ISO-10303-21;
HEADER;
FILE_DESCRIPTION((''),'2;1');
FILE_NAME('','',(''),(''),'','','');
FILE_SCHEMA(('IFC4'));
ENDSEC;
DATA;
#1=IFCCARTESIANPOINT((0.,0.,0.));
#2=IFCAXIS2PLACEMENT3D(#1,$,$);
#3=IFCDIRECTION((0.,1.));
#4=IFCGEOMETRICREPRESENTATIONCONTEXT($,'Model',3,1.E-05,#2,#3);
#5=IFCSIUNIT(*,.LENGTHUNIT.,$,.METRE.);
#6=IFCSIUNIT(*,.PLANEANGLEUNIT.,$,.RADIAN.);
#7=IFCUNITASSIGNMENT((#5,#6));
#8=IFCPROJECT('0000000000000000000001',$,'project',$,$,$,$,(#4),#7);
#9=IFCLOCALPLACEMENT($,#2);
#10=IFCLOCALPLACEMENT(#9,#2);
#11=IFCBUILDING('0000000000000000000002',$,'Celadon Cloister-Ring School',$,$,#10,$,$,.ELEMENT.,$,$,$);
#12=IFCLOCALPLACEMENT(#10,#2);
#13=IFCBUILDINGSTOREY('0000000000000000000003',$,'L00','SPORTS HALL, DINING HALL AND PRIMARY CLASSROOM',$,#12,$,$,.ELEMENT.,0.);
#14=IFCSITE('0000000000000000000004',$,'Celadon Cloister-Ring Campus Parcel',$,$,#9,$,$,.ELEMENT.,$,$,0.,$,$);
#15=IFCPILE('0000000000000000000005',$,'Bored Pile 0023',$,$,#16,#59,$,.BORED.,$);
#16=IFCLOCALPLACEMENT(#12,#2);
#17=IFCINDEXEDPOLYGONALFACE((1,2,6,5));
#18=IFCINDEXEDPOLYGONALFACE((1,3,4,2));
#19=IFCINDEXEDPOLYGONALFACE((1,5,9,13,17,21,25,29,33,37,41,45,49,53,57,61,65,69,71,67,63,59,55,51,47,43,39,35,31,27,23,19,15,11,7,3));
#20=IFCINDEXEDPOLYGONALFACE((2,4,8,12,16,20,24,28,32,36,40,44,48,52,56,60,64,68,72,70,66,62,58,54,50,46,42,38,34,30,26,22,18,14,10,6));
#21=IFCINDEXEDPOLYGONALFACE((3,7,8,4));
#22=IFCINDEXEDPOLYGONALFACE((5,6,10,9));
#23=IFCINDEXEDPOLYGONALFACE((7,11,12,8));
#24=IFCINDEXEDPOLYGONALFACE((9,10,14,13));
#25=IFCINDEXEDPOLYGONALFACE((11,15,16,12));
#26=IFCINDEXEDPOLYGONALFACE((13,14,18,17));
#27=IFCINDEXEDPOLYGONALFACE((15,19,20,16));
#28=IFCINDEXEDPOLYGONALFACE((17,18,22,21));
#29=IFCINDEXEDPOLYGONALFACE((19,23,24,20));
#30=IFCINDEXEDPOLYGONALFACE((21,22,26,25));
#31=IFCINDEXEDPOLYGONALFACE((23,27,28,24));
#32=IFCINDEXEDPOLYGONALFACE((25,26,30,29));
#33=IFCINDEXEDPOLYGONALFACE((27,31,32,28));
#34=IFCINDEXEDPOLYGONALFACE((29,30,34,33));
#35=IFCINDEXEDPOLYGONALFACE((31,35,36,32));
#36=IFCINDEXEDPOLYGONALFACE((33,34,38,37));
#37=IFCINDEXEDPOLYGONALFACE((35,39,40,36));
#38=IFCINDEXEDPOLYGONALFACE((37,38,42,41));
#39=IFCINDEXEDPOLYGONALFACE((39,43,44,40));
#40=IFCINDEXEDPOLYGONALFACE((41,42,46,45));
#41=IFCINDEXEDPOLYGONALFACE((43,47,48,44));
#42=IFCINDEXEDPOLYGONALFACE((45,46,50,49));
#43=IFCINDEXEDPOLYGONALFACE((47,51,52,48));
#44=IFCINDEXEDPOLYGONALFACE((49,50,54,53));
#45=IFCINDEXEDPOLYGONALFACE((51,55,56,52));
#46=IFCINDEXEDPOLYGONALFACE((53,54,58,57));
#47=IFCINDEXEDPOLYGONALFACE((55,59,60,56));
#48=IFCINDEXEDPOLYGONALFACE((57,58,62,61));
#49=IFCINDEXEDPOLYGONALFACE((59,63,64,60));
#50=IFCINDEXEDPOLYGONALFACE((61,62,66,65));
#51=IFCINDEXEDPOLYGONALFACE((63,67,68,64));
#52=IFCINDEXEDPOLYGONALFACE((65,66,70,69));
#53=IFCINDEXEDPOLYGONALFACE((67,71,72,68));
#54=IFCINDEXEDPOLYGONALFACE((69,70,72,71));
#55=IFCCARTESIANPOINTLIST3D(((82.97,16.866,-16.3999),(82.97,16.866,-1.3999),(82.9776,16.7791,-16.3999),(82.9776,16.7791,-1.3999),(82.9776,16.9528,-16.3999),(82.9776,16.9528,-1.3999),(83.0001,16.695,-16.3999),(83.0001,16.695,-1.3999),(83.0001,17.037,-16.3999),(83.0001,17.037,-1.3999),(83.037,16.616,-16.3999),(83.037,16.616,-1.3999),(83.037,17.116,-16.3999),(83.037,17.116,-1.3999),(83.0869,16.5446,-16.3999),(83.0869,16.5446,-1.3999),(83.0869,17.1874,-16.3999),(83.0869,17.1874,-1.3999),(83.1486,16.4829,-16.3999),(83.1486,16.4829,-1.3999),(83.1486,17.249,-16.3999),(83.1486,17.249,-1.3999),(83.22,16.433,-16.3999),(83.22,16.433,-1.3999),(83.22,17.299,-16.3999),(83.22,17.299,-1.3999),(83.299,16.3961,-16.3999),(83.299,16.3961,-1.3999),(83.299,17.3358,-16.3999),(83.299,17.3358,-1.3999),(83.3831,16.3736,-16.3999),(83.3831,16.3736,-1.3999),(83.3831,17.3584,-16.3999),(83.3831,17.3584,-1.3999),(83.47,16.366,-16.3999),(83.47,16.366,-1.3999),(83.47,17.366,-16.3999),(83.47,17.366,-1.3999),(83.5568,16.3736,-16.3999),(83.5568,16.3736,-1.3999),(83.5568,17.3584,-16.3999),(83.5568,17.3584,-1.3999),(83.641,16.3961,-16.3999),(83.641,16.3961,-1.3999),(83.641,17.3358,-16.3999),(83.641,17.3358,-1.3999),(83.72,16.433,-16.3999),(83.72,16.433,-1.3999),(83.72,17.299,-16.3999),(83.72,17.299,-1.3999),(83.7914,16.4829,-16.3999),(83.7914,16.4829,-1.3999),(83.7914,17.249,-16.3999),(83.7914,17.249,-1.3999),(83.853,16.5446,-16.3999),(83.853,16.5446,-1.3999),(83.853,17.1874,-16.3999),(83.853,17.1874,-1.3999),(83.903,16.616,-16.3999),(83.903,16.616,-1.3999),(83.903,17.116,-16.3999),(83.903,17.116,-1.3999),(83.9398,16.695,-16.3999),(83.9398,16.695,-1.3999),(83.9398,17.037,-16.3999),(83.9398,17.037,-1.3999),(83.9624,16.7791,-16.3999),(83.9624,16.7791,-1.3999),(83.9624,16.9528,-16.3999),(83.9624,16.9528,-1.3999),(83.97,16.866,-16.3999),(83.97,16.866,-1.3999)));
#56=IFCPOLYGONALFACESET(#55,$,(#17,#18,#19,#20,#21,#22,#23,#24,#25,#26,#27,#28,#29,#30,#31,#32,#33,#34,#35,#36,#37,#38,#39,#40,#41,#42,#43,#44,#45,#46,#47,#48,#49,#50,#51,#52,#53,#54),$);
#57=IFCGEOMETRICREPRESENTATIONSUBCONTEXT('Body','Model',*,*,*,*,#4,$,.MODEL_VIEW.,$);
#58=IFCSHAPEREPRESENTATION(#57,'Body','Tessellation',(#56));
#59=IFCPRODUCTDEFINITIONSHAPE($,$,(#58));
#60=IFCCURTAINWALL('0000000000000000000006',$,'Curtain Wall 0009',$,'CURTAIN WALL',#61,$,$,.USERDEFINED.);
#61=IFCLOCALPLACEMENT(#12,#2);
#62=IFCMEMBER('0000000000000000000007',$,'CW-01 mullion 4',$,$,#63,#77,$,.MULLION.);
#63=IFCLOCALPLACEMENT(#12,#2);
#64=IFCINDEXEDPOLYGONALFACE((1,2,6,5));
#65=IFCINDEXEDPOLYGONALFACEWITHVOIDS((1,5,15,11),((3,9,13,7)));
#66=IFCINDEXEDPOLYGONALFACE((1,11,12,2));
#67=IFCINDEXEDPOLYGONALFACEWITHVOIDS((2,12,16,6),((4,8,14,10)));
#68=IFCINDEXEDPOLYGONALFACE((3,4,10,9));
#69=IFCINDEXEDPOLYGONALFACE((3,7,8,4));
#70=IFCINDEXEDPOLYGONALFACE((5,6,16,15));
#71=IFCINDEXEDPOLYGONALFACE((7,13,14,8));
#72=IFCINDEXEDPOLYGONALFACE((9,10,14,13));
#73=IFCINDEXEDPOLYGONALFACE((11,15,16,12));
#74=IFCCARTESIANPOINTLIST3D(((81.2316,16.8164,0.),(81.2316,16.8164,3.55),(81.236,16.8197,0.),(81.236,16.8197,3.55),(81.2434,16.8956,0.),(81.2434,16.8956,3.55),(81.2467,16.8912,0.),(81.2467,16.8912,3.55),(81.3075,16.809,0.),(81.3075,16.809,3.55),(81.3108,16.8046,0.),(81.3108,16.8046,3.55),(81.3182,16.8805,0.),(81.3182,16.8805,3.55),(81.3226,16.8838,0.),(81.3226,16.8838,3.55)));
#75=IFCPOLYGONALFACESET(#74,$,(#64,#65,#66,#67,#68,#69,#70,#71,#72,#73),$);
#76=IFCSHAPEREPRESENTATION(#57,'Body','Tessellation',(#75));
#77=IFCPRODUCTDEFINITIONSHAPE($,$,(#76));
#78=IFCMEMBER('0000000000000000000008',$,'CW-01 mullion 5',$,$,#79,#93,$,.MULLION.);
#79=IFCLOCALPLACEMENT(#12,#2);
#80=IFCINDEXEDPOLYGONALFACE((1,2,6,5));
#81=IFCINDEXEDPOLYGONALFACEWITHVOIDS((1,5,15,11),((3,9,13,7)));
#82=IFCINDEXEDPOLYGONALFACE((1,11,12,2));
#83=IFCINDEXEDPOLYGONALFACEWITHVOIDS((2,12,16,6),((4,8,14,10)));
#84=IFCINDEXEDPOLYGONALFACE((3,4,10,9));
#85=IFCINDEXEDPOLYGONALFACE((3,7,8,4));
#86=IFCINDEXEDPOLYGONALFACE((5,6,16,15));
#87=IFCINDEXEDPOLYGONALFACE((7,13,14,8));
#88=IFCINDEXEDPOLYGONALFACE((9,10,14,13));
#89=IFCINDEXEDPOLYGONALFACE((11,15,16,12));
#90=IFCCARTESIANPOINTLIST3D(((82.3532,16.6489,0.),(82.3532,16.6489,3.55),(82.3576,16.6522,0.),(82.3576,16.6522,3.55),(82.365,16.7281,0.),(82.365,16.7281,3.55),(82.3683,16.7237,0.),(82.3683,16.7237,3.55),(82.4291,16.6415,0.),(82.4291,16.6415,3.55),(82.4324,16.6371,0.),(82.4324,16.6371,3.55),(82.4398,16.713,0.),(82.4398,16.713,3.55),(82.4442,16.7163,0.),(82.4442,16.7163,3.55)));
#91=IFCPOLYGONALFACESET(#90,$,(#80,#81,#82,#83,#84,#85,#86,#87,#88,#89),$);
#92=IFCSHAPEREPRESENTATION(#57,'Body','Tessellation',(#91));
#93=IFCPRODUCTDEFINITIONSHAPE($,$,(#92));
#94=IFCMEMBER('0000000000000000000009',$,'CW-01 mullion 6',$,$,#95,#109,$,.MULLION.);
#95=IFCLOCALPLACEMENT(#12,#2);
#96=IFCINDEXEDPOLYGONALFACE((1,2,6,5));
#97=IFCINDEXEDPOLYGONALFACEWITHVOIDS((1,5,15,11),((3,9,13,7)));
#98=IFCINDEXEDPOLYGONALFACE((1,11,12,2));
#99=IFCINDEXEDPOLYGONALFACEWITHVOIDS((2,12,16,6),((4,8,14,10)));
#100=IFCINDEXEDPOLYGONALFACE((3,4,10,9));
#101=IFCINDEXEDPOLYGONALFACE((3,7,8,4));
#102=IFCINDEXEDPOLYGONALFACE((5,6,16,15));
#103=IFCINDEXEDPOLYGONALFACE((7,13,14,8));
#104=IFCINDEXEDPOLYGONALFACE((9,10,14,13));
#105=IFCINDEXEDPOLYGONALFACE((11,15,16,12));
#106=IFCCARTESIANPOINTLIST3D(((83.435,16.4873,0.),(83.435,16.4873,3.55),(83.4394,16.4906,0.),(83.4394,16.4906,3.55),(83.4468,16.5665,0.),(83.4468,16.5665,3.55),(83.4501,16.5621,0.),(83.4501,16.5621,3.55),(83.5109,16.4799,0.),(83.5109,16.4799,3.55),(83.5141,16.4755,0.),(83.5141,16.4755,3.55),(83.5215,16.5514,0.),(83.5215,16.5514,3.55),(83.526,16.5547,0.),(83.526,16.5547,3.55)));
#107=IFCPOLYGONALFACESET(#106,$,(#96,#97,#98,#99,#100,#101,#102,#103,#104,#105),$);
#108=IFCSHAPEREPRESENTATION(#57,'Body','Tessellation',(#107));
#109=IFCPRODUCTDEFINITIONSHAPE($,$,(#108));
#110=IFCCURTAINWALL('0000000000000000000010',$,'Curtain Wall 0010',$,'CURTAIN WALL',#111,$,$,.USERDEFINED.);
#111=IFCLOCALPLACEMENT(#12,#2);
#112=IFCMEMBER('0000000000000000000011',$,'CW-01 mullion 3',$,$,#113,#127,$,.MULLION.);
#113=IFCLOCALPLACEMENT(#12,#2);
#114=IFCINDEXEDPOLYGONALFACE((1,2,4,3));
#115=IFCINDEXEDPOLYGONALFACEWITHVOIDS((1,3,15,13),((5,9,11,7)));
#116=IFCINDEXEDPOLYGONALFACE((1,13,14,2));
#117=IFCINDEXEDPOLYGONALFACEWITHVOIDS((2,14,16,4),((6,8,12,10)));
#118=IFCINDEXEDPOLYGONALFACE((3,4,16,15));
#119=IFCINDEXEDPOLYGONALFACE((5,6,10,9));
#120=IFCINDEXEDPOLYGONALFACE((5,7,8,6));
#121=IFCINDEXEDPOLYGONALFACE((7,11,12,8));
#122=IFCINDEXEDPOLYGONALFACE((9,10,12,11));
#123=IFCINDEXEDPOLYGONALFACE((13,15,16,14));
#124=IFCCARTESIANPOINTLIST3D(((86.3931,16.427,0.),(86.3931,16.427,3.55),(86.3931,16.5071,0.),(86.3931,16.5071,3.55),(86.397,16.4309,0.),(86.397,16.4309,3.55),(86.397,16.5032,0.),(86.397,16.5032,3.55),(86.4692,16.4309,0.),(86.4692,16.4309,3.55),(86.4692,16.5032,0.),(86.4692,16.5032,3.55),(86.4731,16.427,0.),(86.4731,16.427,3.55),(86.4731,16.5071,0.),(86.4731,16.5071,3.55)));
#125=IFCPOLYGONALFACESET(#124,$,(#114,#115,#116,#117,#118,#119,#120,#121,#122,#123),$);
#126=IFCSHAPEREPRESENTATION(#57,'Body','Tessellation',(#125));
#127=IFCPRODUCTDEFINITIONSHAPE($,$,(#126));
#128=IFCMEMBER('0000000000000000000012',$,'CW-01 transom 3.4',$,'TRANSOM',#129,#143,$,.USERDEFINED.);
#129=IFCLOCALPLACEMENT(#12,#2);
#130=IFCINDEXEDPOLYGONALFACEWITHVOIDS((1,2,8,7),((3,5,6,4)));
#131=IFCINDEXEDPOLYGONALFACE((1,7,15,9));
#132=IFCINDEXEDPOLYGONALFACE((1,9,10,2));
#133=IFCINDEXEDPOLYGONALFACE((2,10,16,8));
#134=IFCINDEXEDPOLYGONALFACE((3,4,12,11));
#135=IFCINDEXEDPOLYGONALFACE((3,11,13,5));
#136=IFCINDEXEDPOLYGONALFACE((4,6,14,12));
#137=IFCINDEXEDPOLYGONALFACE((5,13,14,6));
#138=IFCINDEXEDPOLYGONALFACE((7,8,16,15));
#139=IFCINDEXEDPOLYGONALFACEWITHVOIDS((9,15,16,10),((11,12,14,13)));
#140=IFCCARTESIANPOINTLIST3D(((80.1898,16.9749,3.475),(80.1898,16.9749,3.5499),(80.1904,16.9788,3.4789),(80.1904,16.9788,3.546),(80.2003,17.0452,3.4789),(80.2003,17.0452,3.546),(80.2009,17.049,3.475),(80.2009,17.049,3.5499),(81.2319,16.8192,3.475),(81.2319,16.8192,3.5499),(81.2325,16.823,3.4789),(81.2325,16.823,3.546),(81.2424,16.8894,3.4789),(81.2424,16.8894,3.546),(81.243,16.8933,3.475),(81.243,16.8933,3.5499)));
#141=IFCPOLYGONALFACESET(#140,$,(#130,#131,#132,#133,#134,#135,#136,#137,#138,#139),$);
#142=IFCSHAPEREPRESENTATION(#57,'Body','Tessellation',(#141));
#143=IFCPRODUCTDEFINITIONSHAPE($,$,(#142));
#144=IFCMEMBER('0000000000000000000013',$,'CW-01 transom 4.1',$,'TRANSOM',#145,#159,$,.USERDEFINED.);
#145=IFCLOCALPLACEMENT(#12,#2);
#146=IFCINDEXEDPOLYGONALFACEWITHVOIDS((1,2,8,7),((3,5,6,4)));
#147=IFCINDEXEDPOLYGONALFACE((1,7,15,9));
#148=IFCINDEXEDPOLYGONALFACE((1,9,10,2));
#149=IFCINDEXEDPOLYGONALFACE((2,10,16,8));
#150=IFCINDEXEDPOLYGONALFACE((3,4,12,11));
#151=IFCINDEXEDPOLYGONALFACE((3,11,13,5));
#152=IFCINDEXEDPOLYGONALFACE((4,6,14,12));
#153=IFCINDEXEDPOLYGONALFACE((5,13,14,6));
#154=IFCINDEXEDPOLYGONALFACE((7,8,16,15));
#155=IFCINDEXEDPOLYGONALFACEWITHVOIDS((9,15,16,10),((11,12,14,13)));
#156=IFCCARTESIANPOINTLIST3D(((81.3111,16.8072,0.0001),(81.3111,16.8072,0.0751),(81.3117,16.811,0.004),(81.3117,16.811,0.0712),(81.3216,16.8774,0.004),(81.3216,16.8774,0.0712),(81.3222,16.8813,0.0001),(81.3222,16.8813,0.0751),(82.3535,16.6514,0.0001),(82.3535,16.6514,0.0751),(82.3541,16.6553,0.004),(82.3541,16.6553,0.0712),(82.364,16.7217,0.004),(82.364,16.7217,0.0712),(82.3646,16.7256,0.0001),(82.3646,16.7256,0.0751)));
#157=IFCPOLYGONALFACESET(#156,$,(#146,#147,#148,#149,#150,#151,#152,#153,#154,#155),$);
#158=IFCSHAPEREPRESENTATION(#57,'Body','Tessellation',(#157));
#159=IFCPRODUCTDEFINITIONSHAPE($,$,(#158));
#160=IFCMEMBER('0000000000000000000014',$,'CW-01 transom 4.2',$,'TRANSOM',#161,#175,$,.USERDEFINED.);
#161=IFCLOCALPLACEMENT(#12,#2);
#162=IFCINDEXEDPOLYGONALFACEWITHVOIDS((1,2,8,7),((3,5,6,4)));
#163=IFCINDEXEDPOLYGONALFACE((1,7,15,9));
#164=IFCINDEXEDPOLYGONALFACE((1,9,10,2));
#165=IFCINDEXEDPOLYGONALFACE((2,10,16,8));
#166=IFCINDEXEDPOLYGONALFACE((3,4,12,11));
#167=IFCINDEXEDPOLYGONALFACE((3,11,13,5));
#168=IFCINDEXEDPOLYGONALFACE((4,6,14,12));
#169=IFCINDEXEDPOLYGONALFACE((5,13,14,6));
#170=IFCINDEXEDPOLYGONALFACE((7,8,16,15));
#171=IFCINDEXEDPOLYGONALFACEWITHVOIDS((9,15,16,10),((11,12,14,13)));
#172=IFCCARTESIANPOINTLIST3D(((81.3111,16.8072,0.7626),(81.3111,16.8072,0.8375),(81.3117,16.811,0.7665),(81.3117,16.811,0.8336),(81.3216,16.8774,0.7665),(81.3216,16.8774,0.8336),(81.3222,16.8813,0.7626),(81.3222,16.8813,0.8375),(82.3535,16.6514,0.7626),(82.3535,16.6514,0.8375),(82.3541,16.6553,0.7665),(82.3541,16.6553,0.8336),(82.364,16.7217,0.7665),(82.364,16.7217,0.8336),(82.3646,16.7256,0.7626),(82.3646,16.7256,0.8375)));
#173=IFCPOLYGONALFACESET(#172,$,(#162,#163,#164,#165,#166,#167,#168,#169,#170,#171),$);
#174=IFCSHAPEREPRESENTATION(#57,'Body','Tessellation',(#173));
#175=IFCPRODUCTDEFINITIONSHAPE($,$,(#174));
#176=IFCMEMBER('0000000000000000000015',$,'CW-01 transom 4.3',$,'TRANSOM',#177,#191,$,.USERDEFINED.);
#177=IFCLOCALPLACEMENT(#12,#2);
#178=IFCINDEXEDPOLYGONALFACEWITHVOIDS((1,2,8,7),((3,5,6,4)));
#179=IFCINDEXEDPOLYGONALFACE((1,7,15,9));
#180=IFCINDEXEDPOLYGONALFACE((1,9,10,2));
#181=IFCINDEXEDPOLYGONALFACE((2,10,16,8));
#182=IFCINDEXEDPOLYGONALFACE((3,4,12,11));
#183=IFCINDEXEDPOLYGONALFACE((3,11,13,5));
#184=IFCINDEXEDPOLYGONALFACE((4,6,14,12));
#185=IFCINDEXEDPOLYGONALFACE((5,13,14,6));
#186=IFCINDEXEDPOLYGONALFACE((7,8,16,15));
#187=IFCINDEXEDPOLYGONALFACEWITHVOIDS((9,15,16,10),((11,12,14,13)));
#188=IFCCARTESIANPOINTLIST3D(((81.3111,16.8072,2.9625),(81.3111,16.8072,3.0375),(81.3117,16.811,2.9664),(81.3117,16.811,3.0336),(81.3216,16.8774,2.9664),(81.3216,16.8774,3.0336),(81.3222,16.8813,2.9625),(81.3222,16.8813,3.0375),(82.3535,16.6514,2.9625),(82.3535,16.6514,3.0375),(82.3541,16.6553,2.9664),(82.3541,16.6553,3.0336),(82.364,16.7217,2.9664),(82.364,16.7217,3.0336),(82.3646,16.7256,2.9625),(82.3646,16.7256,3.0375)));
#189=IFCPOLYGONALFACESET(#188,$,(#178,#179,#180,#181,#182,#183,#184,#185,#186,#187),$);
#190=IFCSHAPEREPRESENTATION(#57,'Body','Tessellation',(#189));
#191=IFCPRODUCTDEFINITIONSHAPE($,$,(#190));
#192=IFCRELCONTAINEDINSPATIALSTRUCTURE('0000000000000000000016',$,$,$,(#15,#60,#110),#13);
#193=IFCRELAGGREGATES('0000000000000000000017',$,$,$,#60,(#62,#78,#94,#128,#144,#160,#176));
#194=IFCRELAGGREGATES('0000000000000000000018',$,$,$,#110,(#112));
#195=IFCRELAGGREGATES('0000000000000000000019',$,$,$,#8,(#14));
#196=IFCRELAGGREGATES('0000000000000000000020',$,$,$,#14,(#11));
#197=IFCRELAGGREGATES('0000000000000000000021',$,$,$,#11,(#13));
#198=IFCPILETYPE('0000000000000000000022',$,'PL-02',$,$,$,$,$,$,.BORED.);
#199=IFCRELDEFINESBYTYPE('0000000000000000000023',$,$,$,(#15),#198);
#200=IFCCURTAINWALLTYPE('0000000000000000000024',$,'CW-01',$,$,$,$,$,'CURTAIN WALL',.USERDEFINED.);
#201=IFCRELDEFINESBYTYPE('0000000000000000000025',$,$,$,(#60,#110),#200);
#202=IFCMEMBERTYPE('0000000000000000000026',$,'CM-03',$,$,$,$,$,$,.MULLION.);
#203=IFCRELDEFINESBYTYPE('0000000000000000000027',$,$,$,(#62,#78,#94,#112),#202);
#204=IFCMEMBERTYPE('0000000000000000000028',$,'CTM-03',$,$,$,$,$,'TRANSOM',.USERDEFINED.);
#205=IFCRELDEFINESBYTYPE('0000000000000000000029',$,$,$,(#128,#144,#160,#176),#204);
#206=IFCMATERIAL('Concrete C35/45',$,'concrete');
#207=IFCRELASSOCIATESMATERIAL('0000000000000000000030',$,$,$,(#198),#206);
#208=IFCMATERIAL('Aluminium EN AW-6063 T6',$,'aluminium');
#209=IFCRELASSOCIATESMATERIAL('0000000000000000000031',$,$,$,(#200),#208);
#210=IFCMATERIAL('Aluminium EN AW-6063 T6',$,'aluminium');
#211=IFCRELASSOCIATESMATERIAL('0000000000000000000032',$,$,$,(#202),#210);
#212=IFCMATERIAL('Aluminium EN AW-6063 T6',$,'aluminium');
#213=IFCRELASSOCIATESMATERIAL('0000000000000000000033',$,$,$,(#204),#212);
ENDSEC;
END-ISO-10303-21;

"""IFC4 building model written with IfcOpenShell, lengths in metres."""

from ifc_helpers import new_model, si_unit, direction, frame, origin, origin_2d, place, context, subcontext, project, spatial, hollow_rectangle, circle, extrude, material, material_profile, profile_set, type_object, element, aggregate, save


model = new_model("IFC4")

# Units and contexts
model_context = context("Model", 3, precision=1e-05, world=origin(), true_north=direction((0.0, 1.0)))
body_context = subcontext(model_context, "Body", "Model", "MODEL_VIEW")
ifc_project = project(units=[si_unit("LENGTHUNIT", "METRE"), si_unit("PLANEANGLEUNIT", "RADIAN")], contexts=[model_context])

# Site, building, storey
site_placement = place(None, origin())
site = spatial("IfcSite", under=ifc_project, at=site_placement, Name="Celadon Cloister-Ring Campus Parcel", CompositionType="ELEMENT", RefElevation=0.0)
building_placement = place(site_placement, origin())
building = spatial("IfcBuilding", under=site, at=building_placement, Name="Celadon Cloister-Ring School", CompositionType="ELEMENT")
storey_placement = place(building_placement, origin())
storey = spatial("IfcBuildingStorey", under=building, at=storey_placement, Name="L00", Description="SPORTS HALL, DINING HALL AND PRIMARY CLASSROOM", CompositionType="ELEMENT", Elevation=0.0)

# Pile
ifc_material_1 = material(Name="Concrete C35/45", Category="concrete")
ifc_material_profile_1 = material_profile(ifc_material_1, circle(Radius=0.5, at=origin_2d()), Name="PILE1000")
ifc_profile_set_1 = profile_set([ifc_material_profile_1], Name="Concrete C35/45")
pile_type = type_object("IfcPileType", Name="PL-02", PredefinedType="BORED", material=ifc_profile_set_1)
pile_placement = place(storey_placement, frame((83.47, 16.866, -1.3999), z_axis=(0.0, 0.0, -1.0), x_axis=(1.0, 0.0, 0.0)))
element("IfcPile", 1, at=pile_placement, inside=storey, type_object=pile_type, Name="Bored Pile 0023", PredefinedType="BORED", context=body_context, shape_type="SweptSolid", body=[
    extrude(circle(Radius=0.5, at=origin_2d()), origin(), (0.0, 0.0, 1.0), 15.0),
])

# Curtain wall, members
ifc_material_2 = material(Name="Aluminium EN AW-6063 T6", Category="aluminium")
curtain_wall_type = type_object("IfcCurtainWallType", Name="CW-01", ElementType="CURTAIN WALL", PredefinedType="USERDEFINED", material=ifc_material_2)
curtain_wall_1_placement = place(storey_placement, origin())
curtain_wall_1 = element("IfcCurtainWall", 2, at=curtain_wall_1_placement, inside=storey, type_object=curtain_wall_type, Name="Curtain Wall 0009", ObjectType="CURTAIN WALL", PredefinedType="USERDEFINED")
ifc_material_3 = material(Name="Aluminium EN AW-6063 T6", Category="aluminium")
ifc_material_profile_2 = material_profile(ifc_material_3, hollow_rectangle(XDim=0.0801, YDim=0.0801, WallThickness=0.0039, at=origin_2d()), Name="RHS80X80X4")
ifc_profile_set_2 = profile_set([ifc_material_profile_2], Name="Aluminium EN AW-6063 T6")
member_type_1 = type_object("IfcMemberType", Name="CM-03", PredefinedType="MULLION", material=ifc_profile_set_2)
member_1_placement = place(storey_placement, frame((81.2771, 16.8501, 0.0), z_axis=(0.0, 0.0, 1.0), x_axis=(0.147814, 0.989015, 0.0)))
member_1 = element("IfcMember", 3, at=member_1_placement, type_object=member_type_1, Name="CW-01 mullion 4", PredefinedType="MULLION", context=body_context, shape_type="SweptSolid", body=[
    extrude(hollow_rectangle(XDim=0.0801, YDim=0.0801, WallThickness=0.0039, at=origin_2d()), origin(), (0.0, 0.0, 1.0), 3.55),
])
member_2_placement = place(storey_placement, frame((82.3987, 16.6826, 0.0), z_axis=(0.0, 0.0, 1.0), x_axis=(0.147814, 0.989015, 0.0)))
member_2 = element("IfcMember", 4, at=member_2_placement, type_object=member_type_1, Name="CW-01 mullion 5", PredefinedType="MULLION", context=body_context, shape_type="SweptSolid", body=[
    extrude(hollow_rectangle(XDim=0.0801, YDim=0.0801, WallThickness=0.0039, at=origin_2d()), origin(), (0.0, 0.0, 1.0), 3.55),
])
member_3_placement = place(storey_placement, frame((83.4805, 16.521, 0.0), z_axis=(0.0, 0.0, 1.0), x_axis=(0.147814, 0.989015, 0.0)))
member_3 = element("IfcMember", 5, at=member_3_placement, type_object=member_type_1, Name="CW-01 mullion 6", PredefinedType="MULLION", context=body_context, shape_type="SweptSolid", body=[
    extrude(hollow_rectangle(XDim=0.0801, YDim=0.0801, WallThickness=0.0039, at=origin_2d()), origin(), (0.0, 0.0, 1.0), 3.55),
])

# Curtain wall, member
curtain_wall_2_placement = place(storey_placement, origin())
curtain_wall_2 = element("IfcCurtainWall", 6, at=curtain_wall_2_placement, inside=storey, type_object=curtain_wall_type, Name="Curtain Wall 0010", ObjectType="CURTAIN WALL", PredefinedType="USERDEFINED")
member_4_placement = place(storey_placement, frame((86.4331, 16.467, 0.0), z_axis=(0.0, 0.0, 1.0), x_axis=(0.0, 1.0, 0.0)))
member_4 = element("IfcMember", 7, at=member_4_placement, type_object=member_type_1, Name="CW-01 mullion 3", PredefinedType="MULLION", context=body_context, shape_type="SweptSolid", body=[
    extrude(hollow_rectangle(XDim=0.0801, YDim=0.0801, WallThickness=0.0039, at=origin_2d()), origin(), (0.0, 0.0, 1.0), 3.55),
])

# Members
ifc_material_4 = material(Name="Aluminium EN AW-6063 T6", Category="aluminium")
ifc_material_profile_3 = material_profile(ifc_material_4, hollow_rectangle(XDim=0.075, YDim=0.075, WallThickness=0.0039, at=origin_2d()), Name="RHS75X75X4")
ifc_profile_set_3 = profile_set([ifc_material_profile_3], Name="Aluminium EN AW-6063 T6")
member_type_2 = type_object("IfcMemberType", Name="CTM-03", ElementType="TRANSOM", PredefinedType="USERDEFINED", material=ifc_profile_set_3)
member_5_placement = place(storey_placement, frame((80.1953, 17.012, 3.5125), z_axis=(0.989016, -0.147808, 0.0), x_axis=(0.147808, 0.989016, 0.0)))
member_5 = element("IfcMember", 8, at=member_5_placement, type_object=member_type_2, Name="CW-01 transom 3.4", ObjectType="TRANSOM", PredefinedType="USERDEFINED", context=body_context, shape_type="SweptSolid", body=[
    extrude(hollow_rectangle(XDim=0.075, YDim=0.075, WallThickness=0.0039, at=origin_2d()), origin(), (0.0, 0.0, 1.0), 1.0537),
])
member_6_placement = place(storey_placement, frame((81.3167, 16.8442, 0.0376), z_axis=(0.989021, -0.147774, 0.0), x_axis=(0.147774, 0.989021, 0.0)))
member_6 = element("IfcMember", 9, at=member_6_placement, type_object=member_type_2, Name="CW-01 transom 4.1", ObjectType="TRANSOM", PredefinedType="USERDEFINED", context=body_context, shape_type="SweptSolid", body=[
    extrude(hollow_rectangle(XDim=0.075, YDim=0.075, WallThickness=0.0039, at=origin_2d()), origin(), (0.0, 0.0, 1.0), 1.054),
])
member_7_placement = place(storey_placement, frame((81.3167, 16.8442, 0.8), z_axis=(0.989021, -0.147774, 0.0), x_axis=(0.147774, 0.989021, 0.0)))
member_7 = element("IfcMember", 10, at=member_7_placement, type_object=member_type_2, Name="CW-01 transom 4.2", ObjectType="TRANSOM", PredefinedType="USERDEFINED", context=body_context, shape_type="SweptSolid", body=[
    extrude(hollow_rectangle(XDim=0.075, YDim=0.075, WallThickness=0.0039, at=origin_2d()), origin(), (0.0, 0.0, 1.0), 1.054),
])
member_8_placement = place(storey_placement, frame((81.3167, 16.8442, 3.0), z_axis=(0.989021, -0.147774, 0.0), x_axis=(0.147774, 0.989021, 0.0)))
member_8 = element("IfcMember", 11, at=member_8_placement, type_object=member_type_2, Name="CW-01 transom 4.3", ObjectType="TRANSOM", PredefinedType="USERDEFINED", context=body_context, shape_type="SweptSolid", body=[
    extrude(hollow_rectangle(XDim=0.075, YDim=0.075, WallThickness=0.0039, at=origin_2d()), origin(), (0.0, 0.0, 1.0), 1.054),
])

aggregate(curtain_wall_1, [member_1, member_2, member_3, member_5, member_6, member_7, member_8])
aggregate(curtain_wall_2, [member_4])

save(model, "model.ifc")
